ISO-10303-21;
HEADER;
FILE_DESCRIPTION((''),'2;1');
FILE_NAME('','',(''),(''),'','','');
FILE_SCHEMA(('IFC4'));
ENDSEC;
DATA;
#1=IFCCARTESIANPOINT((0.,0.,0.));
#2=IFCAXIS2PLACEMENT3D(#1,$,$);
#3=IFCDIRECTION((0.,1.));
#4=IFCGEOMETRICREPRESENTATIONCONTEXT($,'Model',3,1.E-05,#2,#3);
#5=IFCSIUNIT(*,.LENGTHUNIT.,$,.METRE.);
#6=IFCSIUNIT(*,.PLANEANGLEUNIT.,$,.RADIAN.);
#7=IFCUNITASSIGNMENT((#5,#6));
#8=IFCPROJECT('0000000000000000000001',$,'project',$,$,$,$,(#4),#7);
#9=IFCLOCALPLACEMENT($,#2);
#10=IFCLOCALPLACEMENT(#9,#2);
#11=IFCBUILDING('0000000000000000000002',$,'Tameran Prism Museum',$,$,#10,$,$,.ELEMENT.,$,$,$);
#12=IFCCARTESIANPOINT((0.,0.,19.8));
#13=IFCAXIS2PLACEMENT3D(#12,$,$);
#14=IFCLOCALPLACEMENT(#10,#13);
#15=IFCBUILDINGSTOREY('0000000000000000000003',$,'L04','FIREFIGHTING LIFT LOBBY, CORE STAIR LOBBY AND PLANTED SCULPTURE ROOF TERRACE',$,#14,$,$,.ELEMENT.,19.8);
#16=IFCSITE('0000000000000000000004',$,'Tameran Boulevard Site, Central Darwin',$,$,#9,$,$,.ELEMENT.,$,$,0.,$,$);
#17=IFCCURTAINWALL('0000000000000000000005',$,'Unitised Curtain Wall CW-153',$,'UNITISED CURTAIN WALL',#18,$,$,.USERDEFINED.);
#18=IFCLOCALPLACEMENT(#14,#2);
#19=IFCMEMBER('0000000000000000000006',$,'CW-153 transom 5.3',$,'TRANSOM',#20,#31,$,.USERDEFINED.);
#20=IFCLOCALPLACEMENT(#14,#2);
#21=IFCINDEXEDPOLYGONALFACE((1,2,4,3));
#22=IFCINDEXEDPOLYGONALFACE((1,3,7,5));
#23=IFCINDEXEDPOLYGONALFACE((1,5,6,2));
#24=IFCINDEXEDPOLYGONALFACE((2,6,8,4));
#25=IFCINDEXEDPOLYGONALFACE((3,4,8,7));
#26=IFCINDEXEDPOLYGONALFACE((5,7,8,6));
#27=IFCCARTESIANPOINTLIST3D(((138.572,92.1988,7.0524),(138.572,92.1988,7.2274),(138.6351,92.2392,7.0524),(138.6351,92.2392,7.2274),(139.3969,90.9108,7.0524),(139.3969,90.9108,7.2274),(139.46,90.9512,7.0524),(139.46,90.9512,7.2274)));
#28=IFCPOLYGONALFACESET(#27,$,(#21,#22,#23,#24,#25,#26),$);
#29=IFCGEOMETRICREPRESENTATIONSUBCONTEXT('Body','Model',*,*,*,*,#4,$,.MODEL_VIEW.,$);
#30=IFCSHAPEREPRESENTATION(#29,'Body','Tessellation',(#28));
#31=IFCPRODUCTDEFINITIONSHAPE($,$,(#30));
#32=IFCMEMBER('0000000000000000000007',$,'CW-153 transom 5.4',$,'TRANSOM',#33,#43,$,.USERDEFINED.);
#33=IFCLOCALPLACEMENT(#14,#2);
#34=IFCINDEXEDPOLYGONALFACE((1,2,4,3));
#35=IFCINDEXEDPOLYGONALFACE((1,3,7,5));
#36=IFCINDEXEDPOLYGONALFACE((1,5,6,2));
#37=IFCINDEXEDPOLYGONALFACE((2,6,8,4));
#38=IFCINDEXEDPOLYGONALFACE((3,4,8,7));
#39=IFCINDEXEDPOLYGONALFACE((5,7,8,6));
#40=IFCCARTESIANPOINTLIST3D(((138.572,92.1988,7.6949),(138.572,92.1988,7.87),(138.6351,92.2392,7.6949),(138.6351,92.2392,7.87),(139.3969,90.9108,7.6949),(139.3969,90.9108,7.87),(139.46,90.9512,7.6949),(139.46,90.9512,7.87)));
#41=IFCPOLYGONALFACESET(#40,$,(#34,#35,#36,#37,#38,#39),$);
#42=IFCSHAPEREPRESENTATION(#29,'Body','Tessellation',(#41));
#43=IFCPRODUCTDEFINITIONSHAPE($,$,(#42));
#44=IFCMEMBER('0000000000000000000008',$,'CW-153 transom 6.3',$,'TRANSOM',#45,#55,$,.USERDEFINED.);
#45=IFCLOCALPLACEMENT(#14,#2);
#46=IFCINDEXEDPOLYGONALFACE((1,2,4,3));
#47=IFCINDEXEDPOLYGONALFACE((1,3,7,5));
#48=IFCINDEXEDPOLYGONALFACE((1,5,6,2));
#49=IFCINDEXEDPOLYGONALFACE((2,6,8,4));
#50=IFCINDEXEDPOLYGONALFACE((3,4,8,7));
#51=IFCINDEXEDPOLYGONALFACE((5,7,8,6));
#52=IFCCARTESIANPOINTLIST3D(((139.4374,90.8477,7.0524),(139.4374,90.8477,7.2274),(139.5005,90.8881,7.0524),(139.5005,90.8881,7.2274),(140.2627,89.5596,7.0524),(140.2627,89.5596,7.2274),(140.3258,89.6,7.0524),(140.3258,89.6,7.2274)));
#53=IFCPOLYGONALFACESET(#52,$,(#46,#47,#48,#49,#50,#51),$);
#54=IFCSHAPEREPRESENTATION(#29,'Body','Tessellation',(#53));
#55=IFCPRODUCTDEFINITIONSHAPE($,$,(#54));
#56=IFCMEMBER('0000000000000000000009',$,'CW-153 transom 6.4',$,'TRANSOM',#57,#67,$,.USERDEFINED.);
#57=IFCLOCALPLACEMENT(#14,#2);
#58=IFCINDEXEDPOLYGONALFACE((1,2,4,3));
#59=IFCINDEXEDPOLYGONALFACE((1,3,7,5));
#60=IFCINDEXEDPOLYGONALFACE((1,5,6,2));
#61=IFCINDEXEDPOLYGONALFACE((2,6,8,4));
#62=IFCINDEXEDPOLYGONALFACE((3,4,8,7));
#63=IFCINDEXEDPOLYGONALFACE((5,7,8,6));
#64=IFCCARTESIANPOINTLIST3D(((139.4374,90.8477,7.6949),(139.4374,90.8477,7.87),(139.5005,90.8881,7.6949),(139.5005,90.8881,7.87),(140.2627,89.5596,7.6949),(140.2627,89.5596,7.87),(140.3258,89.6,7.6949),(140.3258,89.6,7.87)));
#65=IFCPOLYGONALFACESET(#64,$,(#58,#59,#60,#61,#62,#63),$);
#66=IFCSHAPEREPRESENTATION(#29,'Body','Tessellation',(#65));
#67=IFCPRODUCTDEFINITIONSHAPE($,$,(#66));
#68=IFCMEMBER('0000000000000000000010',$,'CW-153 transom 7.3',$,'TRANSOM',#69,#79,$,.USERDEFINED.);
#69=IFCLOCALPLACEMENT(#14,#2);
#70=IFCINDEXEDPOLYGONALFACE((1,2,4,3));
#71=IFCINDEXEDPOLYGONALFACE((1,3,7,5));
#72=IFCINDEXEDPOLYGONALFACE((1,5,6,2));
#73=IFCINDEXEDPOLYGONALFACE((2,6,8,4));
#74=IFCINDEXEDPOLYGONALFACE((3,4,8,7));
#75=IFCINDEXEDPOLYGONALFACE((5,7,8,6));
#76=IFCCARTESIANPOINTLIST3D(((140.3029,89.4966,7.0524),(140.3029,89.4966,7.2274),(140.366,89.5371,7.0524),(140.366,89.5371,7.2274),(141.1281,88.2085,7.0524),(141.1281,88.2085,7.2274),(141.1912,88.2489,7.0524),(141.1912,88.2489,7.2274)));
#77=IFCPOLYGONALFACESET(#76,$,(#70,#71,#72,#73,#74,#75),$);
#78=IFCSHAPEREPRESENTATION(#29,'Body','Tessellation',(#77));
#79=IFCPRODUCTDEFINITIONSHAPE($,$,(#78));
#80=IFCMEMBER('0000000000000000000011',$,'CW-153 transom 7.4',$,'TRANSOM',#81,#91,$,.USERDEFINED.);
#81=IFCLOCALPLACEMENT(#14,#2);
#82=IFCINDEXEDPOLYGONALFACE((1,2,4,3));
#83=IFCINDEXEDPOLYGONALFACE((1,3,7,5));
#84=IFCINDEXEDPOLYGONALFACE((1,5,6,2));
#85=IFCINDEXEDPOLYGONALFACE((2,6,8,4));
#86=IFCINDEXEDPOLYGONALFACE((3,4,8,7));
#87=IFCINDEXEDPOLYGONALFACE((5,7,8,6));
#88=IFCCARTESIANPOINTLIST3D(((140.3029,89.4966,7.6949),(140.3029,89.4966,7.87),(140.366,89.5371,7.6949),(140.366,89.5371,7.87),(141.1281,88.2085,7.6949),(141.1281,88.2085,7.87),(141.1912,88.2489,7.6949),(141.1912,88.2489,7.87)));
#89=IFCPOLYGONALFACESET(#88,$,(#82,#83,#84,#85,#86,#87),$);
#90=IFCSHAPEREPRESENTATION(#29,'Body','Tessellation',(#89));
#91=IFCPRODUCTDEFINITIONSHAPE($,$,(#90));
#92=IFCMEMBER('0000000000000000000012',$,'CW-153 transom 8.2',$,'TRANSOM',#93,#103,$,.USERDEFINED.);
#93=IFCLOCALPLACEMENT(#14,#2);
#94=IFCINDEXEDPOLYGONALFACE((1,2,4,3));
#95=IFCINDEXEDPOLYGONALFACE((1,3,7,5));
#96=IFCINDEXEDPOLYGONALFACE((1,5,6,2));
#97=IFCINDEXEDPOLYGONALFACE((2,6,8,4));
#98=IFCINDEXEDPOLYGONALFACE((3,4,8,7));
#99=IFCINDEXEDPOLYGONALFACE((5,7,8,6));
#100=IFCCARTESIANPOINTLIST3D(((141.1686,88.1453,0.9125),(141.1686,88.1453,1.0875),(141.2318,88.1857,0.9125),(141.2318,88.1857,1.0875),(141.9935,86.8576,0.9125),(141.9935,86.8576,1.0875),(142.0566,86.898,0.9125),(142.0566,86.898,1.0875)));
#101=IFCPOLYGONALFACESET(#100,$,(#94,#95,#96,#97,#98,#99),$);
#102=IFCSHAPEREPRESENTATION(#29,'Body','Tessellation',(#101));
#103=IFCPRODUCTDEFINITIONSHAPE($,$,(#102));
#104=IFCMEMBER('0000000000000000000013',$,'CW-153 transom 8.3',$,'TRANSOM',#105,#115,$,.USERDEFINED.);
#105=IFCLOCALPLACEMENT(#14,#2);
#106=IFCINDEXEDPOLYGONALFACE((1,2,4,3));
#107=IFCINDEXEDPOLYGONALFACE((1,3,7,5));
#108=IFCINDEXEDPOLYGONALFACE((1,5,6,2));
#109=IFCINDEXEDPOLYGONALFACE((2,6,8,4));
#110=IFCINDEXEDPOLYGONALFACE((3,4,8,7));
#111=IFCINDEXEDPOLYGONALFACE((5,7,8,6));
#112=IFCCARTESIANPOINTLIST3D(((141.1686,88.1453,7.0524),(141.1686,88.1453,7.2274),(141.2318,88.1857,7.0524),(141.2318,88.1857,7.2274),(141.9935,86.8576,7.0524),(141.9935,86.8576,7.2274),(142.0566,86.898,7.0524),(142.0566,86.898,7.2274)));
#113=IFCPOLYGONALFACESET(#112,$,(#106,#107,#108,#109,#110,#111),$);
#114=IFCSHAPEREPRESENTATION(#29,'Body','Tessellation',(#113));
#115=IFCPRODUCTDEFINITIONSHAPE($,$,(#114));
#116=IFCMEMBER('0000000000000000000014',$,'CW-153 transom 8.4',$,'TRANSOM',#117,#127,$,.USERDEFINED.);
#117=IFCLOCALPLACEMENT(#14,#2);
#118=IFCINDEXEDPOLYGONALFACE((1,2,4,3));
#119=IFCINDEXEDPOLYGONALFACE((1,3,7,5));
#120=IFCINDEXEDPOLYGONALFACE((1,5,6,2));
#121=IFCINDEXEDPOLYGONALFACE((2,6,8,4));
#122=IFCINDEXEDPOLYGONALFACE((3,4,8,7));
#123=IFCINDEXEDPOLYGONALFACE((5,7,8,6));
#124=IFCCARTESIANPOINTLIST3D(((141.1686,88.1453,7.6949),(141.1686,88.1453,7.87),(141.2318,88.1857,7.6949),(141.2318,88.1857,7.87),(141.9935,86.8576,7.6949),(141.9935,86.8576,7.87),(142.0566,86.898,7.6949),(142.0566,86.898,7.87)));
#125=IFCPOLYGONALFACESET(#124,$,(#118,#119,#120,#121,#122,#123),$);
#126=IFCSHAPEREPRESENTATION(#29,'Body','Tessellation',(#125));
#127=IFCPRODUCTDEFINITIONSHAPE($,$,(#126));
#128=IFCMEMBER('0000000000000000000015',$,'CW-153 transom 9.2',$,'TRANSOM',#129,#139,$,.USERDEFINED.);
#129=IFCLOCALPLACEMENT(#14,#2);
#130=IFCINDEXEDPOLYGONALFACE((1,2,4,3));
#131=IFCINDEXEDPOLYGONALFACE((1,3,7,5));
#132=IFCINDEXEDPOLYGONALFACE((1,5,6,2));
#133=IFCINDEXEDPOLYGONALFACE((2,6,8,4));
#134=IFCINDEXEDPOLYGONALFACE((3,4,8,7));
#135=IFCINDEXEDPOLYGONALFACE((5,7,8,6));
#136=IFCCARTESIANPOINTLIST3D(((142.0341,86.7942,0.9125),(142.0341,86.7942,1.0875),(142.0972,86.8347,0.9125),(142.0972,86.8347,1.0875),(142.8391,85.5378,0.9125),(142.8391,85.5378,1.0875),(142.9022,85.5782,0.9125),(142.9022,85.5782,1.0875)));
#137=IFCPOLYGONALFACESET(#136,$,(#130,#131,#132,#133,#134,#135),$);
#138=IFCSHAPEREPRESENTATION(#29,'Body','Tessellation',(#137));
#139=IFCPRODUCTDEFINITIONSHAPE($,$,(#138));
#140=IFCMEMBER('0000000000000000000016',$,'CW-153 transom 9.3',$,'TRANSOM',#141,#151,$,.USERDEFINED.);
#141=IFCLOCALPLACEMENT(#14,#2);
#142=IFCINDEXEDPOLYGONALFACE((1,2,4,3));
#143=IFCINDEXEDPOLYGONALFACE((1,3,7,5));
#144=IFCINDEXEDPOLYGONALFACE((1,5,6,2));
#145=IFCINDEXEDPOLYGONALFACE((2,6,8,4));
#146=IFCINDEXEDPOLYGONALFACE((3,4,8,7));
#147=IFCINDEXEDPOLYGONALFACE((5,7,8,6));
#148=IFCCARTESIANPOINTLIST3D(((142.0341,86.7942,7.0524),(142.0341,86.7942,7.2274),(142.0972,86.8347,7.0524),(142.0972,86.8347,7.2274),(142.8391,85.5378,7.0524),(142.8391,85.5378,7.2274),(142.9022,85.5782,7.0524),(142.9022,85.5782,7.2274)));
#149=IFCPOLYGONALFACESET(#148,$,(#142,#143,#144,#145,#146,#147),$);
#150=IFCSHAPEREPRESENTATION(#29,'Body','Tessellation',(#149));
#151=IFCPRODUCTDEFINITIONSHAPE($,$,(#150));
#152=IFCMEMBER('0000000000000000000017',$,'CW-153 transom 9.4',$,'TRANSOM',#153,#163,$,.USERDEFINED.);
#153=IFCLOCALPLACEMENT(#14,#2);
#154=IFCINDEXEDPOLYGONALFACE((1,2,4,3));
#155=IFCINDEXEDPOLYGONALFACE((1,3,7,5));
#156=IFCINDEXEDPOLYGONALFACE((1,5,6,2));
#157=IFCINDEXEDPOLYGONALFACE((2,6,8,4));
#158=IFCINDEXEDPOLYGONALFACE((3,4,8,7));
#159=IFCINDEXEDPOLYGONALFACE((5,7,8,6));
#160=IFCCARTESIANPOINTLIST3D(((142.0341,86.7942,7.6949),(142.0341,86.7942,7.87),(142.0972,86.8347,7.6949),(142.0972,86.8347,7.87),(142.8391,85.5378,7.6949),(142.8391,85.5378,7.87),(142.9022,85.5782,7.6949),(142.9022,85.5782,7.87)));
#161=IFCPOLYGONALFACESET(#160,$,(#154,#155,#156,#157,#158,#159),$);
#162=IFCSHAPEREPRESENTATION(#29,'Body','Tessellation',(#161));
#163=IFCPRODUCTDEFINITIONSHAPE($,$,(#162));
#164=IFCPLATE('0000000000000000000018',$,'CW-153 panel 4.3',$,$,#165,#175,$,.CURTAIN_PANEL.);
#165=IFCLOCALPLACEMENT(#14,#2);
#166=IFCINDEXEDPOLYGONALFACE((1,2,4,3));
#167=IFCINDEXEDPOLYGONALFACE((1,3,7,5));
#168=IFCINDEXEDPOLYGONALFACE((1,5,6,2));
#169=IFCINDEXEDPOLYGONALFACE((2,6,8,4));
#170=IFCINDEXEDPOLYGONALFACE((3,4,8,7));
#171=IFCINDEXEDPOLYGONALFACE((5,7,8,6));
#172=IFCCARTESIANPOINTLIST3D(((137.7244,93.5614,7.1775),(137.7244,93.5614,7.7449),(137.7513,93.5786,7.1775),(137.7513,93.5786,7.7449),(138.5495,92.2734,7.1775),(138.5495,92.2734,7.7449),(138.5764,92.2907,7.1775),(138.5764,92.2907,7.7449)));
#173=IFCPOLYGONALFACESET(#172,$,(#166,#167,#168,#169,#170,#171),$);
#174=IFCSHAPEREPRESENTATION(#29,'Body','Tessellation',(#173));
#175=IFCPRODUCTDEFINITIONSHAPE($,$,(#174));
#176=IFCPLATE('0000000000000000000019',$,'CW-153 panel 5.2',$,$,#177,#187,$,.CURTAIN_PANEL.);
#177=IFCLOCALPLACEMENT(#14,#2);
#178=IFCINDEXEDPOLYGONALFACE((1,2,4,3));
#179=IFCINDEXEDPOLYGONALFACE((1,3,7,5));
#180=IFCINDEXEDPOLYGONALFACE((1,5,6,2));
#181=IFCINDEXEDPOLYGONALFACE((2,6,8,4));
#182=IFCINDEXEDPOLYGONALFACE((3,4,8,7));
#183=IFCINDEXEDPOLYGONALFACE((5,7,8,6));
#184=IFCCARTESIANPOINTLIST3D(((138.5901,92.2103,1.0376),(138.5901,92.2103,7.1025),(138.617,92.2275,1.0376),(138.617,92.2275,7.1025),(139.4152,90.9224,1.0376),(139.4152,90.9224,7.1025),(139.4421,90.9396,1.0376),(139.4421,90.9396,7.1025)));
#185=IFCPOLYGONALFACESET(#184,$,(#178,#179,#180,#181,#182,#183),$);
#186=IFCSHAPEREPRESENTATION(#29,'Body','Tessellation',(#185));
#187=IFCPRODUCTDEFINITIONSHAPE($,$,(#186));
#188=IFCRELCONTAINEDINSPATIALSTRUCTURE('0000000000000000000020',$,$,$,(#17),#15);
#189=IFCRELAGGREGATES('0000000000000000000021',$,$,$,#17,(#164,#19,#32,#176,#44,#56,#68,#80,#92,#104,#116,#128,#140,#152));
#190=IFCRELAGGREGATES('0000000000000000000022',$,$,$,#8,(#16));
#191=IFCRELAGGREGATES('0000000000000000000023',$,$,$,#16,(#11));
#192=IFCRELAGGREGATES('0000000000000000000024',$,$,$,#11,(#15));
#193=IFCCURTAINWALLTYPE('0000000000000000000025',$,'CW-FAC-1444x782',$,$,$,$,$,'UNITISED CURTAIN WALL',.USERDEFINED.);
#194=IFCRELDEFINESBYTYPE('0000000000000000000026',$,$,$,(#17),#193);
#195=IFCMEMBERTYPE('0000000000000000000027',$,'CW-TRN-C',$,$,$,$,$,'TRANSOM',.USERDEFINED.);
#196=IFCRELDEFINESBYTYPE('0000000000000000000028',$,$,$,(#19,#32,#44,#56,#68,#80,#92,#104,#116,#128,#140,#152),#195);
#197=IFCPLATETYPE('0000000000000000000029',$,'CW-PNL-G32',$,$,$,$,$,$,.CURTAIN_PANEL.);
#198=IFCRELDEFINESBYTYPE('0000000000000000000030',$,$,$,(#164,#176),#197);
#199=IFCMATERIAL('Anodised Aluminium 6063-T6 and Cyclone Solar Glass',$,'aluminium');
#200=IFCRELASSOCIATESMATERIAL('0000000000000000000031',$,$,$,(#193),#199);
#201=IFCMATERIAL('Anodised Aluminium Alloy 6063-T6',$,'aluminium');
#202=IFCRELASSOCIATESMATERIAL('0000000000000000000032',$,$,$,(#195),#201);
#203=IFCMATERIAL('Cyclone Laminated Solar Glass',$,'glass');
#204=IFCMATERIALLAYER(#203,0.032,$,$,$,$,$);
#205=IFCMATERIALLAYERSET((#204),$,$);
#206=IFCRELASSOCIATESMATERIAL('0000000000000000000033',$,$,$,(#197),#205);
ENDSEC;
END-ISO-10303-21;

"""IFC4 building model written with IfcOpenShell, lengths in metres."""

from ifc_helpers import new_model, si_unit, direction, frame, origin, origin_2d, place, context, subcontext, project, spatial, rectangle, extrude, material, layer, layer_set, material_profile, profile_set, type_object, element, aggregate, save


model = new_model("IFC4")

# Units and contexts
model_context = context("Model", 3, precision=1e-05, world=origin(), true_north=direction((0.0, 1.0)))
body_context = subcontext(model_context, "Body", "Model", "MODEL_VIEW")
ifc_project = project(units=[si_unit("LENGTHUNIT", "METRE"), si_unit("PLANEANGLEUNIT", "RADIAN")], contexts=[model_context])

# Site, building, storey
site_placement = place(None, origin())
site = spatial("IfcSite", under=ifc_project, at=site_placement, Name="Tameran Boulevard Site, Central Darwin", CompositionType="ELEMENT", RefElevation=0.0)
building_placement = place(site_placement, origin())
building = spatial("IfcBuilding", under=site, at=building_placement, Name="Tameran Prism Museum", CompositionType="ELEMENT")
storey_placement = place(building_placement, frame((0.0, 0.0, 19.8)))
storey = spatial("IfcBuildingStorey", under=building, at=storey_placement, Name="L04", Description="FIREFIGHTING LIFT LOBBY, CORE STAIR LOBBY AND PLANTED SCULPTURE ROOF TERRACE", CompositionType="ELEMENT", Elevation=19.8)

# Curtain wall, members, plates
ifc_material_1 = material(Name="Anodised Aluminium 6063-T6 and Cyclone Solar Glass", Category="aluminium")
curtain_wall_type = type_object("IfcCurtainWallType", Name="CW-FAC-1444x782", ElementType="UNITISED CURTAIN WALL", PredefinedType="USERDEFINED", material=ifc_material_1)
curtain_wall_placement = place(storey_placement, origin())
curtain_wall = element("IfcCurtainWall", 1, at=curtain_wall_placement, inside=storey, type_object=curtain_wall_type, Name="Unitised Curtain Wall CW-153", ObjectType="UNITISED CURTAIN WALL", PredefinedType="USERDEFINED")
ifc_material_2 = material(Name="Anodised Aluminium Alloy 6063-T6", Category="aluminium")
ifc_material_profile = material_profile(ifc_material_2, rectangle(XDim=0.075, YDim=0.175, at=origin_2d()))
ifc_profile_set = profile_set([ifc_material_profile])
member_type = type_object("IfcMemberType", Name="CW-TRN-C", ElementType="TRANSOM", PredefinedType="USERDEFINED", material=ifc_profile_set)
member_1_placement = place(storey_placement, frame((138.6035, 92.219, 7.1399), z_axis=(0.539321, -0.8421, 0.0), x_axis=(0.8421, 0.539321, 0.0)))
member_1 = element("IfcMember", 2, at=member_1_placement, type_object=member_type, Name="CW-153 transom 5.3", ObjectType="TRANSOM", PredefinedType="USERDEFINED", context=body_context, shape_type="SweptSolid", body=[
    extrude(rectangle(XDim=0.075, YDim=0.175, at=origin_2d()), origin(), (0.0, 0.0, 1.0), 1.5295),
])
member_2_placement = place(storey_placement, frame((138.6035, 92.219, 7.7825), z_axis=(0.539321, -0.8421, 0.0), x_axis=(0.8421, 0.539321, 0.0)))
member_2 = element("IfcMember", 3, at=member_2_placement, type_object=member_type, Name="CW-153 transom 5.4", ObjectType="TRANSOM", PredefinedType="USERDEFINED", context=body_context, shape_type="SweptSolid", body=[
    extrude(rectangle(XDim=0.075, YDim=0.175, at=origin_2d()), origin(), (0.0, 0.0, 1.0), 1.5295),
])
member_3_placement = place(storey_placement, frame((139.469, 90.8679, 7.1399), z_axis=(0.539434, -0.842028, 0.0), x_axis=(0.842028, 0.539434, 0.0)))
member_3 = element("IfcMember", 4, at=member_3_placement, type_object=member_type, Name="CW-153 transom 6.3", ObjectType="TRANSOM", PredefinedType="USERDEFINED", context=body_context, shape_type="SweptSolid", body=[
    extrude(rectangle(XDim=0.075, YDim=0.175, at=origin_2d()), origin(), (0.0, 0.0, 1.0), 1.5298),
])
member_4_placement = place(storey_placement, frame((139.469, 90.8679, 7.7825), z_axis=(0.539434, -0.842028, 0.0), x_axis=(0.842028, 0.539434, 0.0)))
member_4 = element("IfcMember", 5, at=member_4_placement, type_object=member_type, Name="CW-153 transom 6.4", ObjectType="TRANSOM", PredefinedType="USERDEFINED", context=body_context, shape_type="SweptSolid", body=[
    extrude(rectangle(XDim=0.075, YDim=0.175, at=origin_2d()), origin(), (0.0, 0.0, 1.0), 1.5298),
])
member_5_placement = place(storey_placement, frame((140.3345, 89.5168, 7.1399), z_axis=(0.539434, -0.842028, 0.0), x_axis=(0.842028, 0.539434, 0.0)))
member_5 = element("IfcMember", 6, at=member_5_placement, type_object=member_type, Name="CW-153 transom 7.3", ObjectType="TRANSOM", PredefinedType="USERDEFINED", context=body_context, shape_type="SweptSolid", body=[
    extrude(rectangle(XDim=0.075, YDim=0.175, at=origin_2d()), origin(), (0.0, 0.0, 1.0), 1.5298),
])
member_6_placement = place(storey_placement, frame((140.3345, 89.5168, 7.7825), z_axis=(0.539434, -0.842028, 0.0), x_axis=(0.842028, 0.539434, 0.0)))
member_6 = element("IfcMember", 7, at=member_6_placement, type_object=member_type, Name="CW-153 transom 7.4", ObjectType="TRANSOM", PredefinedType="USERDEFINED", context=body_context, shape_type="SweptSolid", body=[
    extrude(rectangle(XDim=0.075, YDim=0.175, at=origin_2d()), origin(), (0.0, 0.0, 1.0), 1.5298),
])
member_7_placement = place(storey_placement, frame((141.2002, 88.1655, 1.0), z_axis=(0.539393, -0.842054, 0.0), x_axis=(0.842054, 0.539393, 0.0)))
member_7 = element("IfcMember", 8, at=member_7_placement, type_object=member_type, Name="CW-153 transom 8.2", ObjectType="TRANSOM", PredefinedType="USERDEFINED", context=body_context, shape_type="SweptSolid", body=[
    extrude(rectangle(XDim=0.075, YDim=0.175, at=origin_2d()), origin(), (0.0, 0.0, 1.0), 1.5293),
])
member_8_placement = place(storey_placement, frame((141.2002, 88.1655, 7.1399), z_axis=(0.539393, -0.842054, 0.0), x_axis=(0.842054, 0.539393, 0.0)))
member_8 = element("IfcMember", 9, at=member_8_placement, type_object=member_type, Name="CW-153 transom 8.3", ObjectType="TRANSOM", PredefinedType="USERDEFINED", context=body_context, shape_type="SweptSolid", body=[
    extrude(rectangle(XDim=0.075, YDim=0.175, at=origin_2d()), origin(), (0.0, 0.0, 1.0), 1.5293),
])
member_9_placement = place(storey_placement, frame((141.2002, 88.1655, 7.7825), z_axis=(0.539393, -0.842054, 0.0), x_axis=(0.842054, 0.539393, 0.0)))
member_9 = element("IfcMember", 10, at=member_9_placement, type_object=member_type, Name="CW-153 transom 8.4", ObjectType="TRANSOM", PredefinedType="USERDEFINED", context=body_context, shape_type="SweptSolid", body=[
    extrude(rectangle(XDim=0.075, YDim=0.175, at=origin_2d()), origin(), (0.0, 0.0, 1.0), 1.5293),
])
member_10_placement = place(storey_placement, frame((142.0657, 86.8145, 1.0), z_axis=(0.539467, -0.842007, 0.0), x_axis=(0.842007, 0.539467, 0.0)))
member_10 = element("IfcMember", 11, at=member_10_placement, type_object=member_type, Name="CW-153 transom 9.2", ObjectType="TRANSOM", PredefinedType="USERDEFINED", context=body_context, shape_type="SweptSolid", body=[
    extrude(rectangle(XDim=0.075, YDim=0.175, at=origin_2d()), origin(), (0.0, 0.0, 1.0), 1.4922),
])
member_11_placement = place(storey_placement, frame((142.0657, 86.8145, 7.1399), z_axis=(0.539467, -0.842007, 0.0), x_axis=(0.842007, 0.539467, 0.0)))
member_11 = element("IfcMember", 12, at=member_11_placement, type_object=member_type, Name="CW-153 transom 9.3", ObjectType="TRANSOM", PredefinedType="USERDEFINED", context=body_context, shape_type="SweptSolid", body=[
    extrude(rectangle(XDim=0.075, YDim=0.175, at=origin_2d()), origin(), (0.0, 0.0, 1.0), 1.4922),
])
member_12_placement = place(storey_placement, frame((142.0657, 86.8145, 7.7825), z_axis=(0.539467, -0.842007, 0.0), x_axis=(0.842007, 0.539467, 0.0)))
member_12 = element("IfcMember", 13, at=member_12_placement, type_object=member_type, Name="CW-153 transom 9.4", ObjectType="TRANSOM", PredefinedType="USERDEFINED", context=body_context, shape_type="SweptSolid", body=[
    extrude(rectangle(XDim=0.075, YDim=0.175, at=origin_2d()), origin(), (0.0, 0.0, 1.0), 1.4922),
])
ifc_material_3 = material(Name="Cyclone Laminated Solar Glass", Category="glass")
ifc_layer_1 = layer(ifc_material_3, 0.032)
ifc_layer_set_1 = layer_set([ifc_layer_1])
plate_type = type_object("IfcPlateType", Name="CW-PNL-G32", PredefinedType="CURTAIN_PANEL", material=ifc_layer_set_1)
plate_1_placement = place(storey_placement, frame((138.1504, 92.926, 7.1775), z_axis=(0.0, 0.0, 1.0), x_axis=(0.539427, -0.842032, 0.0)))
plate_1 = element("IfcPlate", 14, at=plate_1_placement, type_object=plate_type, Name="CW-153 panel 4.3", PredefinedType="CURTAIN_PANEL", context=body_context, shape_type="SweptSolid", body=[
    extrude(rectangle(XDim=1.5295, YDim=0.032, at=origin_2d()), origin(), (0.0, 0.0, 1.0), 0.5674),
])
plate_2_placement = place(storey_placement, frame((139.0161, 91.575, 1.0376), z_axis=(0.0, 0.0, 1.0), x_axis=(0.539427, -0.842032, 0.0)))
plate_2 = element("IfcPlate", 15, at=plate_2_placement, type_object=plate_type, Name="CW-153 panel 5.2", PredefinedType="CURTAIN_PANEL", context=body_context, shape_type="SweptSolid", body=[
    extrude(rectangle(XDim=1.5295, YDim=0.032, at=origin_2d()), origin(), (0.0, 0.0, 1.0), 6.0649),
])
aggregate(curtain_wall, [plate_1, member_1, member_2, plate_2, member_3, member_4, member_5, member_6, member_7, member_8, member_9, member_10, member_11, member_12])

save(model, "model.ifc")
